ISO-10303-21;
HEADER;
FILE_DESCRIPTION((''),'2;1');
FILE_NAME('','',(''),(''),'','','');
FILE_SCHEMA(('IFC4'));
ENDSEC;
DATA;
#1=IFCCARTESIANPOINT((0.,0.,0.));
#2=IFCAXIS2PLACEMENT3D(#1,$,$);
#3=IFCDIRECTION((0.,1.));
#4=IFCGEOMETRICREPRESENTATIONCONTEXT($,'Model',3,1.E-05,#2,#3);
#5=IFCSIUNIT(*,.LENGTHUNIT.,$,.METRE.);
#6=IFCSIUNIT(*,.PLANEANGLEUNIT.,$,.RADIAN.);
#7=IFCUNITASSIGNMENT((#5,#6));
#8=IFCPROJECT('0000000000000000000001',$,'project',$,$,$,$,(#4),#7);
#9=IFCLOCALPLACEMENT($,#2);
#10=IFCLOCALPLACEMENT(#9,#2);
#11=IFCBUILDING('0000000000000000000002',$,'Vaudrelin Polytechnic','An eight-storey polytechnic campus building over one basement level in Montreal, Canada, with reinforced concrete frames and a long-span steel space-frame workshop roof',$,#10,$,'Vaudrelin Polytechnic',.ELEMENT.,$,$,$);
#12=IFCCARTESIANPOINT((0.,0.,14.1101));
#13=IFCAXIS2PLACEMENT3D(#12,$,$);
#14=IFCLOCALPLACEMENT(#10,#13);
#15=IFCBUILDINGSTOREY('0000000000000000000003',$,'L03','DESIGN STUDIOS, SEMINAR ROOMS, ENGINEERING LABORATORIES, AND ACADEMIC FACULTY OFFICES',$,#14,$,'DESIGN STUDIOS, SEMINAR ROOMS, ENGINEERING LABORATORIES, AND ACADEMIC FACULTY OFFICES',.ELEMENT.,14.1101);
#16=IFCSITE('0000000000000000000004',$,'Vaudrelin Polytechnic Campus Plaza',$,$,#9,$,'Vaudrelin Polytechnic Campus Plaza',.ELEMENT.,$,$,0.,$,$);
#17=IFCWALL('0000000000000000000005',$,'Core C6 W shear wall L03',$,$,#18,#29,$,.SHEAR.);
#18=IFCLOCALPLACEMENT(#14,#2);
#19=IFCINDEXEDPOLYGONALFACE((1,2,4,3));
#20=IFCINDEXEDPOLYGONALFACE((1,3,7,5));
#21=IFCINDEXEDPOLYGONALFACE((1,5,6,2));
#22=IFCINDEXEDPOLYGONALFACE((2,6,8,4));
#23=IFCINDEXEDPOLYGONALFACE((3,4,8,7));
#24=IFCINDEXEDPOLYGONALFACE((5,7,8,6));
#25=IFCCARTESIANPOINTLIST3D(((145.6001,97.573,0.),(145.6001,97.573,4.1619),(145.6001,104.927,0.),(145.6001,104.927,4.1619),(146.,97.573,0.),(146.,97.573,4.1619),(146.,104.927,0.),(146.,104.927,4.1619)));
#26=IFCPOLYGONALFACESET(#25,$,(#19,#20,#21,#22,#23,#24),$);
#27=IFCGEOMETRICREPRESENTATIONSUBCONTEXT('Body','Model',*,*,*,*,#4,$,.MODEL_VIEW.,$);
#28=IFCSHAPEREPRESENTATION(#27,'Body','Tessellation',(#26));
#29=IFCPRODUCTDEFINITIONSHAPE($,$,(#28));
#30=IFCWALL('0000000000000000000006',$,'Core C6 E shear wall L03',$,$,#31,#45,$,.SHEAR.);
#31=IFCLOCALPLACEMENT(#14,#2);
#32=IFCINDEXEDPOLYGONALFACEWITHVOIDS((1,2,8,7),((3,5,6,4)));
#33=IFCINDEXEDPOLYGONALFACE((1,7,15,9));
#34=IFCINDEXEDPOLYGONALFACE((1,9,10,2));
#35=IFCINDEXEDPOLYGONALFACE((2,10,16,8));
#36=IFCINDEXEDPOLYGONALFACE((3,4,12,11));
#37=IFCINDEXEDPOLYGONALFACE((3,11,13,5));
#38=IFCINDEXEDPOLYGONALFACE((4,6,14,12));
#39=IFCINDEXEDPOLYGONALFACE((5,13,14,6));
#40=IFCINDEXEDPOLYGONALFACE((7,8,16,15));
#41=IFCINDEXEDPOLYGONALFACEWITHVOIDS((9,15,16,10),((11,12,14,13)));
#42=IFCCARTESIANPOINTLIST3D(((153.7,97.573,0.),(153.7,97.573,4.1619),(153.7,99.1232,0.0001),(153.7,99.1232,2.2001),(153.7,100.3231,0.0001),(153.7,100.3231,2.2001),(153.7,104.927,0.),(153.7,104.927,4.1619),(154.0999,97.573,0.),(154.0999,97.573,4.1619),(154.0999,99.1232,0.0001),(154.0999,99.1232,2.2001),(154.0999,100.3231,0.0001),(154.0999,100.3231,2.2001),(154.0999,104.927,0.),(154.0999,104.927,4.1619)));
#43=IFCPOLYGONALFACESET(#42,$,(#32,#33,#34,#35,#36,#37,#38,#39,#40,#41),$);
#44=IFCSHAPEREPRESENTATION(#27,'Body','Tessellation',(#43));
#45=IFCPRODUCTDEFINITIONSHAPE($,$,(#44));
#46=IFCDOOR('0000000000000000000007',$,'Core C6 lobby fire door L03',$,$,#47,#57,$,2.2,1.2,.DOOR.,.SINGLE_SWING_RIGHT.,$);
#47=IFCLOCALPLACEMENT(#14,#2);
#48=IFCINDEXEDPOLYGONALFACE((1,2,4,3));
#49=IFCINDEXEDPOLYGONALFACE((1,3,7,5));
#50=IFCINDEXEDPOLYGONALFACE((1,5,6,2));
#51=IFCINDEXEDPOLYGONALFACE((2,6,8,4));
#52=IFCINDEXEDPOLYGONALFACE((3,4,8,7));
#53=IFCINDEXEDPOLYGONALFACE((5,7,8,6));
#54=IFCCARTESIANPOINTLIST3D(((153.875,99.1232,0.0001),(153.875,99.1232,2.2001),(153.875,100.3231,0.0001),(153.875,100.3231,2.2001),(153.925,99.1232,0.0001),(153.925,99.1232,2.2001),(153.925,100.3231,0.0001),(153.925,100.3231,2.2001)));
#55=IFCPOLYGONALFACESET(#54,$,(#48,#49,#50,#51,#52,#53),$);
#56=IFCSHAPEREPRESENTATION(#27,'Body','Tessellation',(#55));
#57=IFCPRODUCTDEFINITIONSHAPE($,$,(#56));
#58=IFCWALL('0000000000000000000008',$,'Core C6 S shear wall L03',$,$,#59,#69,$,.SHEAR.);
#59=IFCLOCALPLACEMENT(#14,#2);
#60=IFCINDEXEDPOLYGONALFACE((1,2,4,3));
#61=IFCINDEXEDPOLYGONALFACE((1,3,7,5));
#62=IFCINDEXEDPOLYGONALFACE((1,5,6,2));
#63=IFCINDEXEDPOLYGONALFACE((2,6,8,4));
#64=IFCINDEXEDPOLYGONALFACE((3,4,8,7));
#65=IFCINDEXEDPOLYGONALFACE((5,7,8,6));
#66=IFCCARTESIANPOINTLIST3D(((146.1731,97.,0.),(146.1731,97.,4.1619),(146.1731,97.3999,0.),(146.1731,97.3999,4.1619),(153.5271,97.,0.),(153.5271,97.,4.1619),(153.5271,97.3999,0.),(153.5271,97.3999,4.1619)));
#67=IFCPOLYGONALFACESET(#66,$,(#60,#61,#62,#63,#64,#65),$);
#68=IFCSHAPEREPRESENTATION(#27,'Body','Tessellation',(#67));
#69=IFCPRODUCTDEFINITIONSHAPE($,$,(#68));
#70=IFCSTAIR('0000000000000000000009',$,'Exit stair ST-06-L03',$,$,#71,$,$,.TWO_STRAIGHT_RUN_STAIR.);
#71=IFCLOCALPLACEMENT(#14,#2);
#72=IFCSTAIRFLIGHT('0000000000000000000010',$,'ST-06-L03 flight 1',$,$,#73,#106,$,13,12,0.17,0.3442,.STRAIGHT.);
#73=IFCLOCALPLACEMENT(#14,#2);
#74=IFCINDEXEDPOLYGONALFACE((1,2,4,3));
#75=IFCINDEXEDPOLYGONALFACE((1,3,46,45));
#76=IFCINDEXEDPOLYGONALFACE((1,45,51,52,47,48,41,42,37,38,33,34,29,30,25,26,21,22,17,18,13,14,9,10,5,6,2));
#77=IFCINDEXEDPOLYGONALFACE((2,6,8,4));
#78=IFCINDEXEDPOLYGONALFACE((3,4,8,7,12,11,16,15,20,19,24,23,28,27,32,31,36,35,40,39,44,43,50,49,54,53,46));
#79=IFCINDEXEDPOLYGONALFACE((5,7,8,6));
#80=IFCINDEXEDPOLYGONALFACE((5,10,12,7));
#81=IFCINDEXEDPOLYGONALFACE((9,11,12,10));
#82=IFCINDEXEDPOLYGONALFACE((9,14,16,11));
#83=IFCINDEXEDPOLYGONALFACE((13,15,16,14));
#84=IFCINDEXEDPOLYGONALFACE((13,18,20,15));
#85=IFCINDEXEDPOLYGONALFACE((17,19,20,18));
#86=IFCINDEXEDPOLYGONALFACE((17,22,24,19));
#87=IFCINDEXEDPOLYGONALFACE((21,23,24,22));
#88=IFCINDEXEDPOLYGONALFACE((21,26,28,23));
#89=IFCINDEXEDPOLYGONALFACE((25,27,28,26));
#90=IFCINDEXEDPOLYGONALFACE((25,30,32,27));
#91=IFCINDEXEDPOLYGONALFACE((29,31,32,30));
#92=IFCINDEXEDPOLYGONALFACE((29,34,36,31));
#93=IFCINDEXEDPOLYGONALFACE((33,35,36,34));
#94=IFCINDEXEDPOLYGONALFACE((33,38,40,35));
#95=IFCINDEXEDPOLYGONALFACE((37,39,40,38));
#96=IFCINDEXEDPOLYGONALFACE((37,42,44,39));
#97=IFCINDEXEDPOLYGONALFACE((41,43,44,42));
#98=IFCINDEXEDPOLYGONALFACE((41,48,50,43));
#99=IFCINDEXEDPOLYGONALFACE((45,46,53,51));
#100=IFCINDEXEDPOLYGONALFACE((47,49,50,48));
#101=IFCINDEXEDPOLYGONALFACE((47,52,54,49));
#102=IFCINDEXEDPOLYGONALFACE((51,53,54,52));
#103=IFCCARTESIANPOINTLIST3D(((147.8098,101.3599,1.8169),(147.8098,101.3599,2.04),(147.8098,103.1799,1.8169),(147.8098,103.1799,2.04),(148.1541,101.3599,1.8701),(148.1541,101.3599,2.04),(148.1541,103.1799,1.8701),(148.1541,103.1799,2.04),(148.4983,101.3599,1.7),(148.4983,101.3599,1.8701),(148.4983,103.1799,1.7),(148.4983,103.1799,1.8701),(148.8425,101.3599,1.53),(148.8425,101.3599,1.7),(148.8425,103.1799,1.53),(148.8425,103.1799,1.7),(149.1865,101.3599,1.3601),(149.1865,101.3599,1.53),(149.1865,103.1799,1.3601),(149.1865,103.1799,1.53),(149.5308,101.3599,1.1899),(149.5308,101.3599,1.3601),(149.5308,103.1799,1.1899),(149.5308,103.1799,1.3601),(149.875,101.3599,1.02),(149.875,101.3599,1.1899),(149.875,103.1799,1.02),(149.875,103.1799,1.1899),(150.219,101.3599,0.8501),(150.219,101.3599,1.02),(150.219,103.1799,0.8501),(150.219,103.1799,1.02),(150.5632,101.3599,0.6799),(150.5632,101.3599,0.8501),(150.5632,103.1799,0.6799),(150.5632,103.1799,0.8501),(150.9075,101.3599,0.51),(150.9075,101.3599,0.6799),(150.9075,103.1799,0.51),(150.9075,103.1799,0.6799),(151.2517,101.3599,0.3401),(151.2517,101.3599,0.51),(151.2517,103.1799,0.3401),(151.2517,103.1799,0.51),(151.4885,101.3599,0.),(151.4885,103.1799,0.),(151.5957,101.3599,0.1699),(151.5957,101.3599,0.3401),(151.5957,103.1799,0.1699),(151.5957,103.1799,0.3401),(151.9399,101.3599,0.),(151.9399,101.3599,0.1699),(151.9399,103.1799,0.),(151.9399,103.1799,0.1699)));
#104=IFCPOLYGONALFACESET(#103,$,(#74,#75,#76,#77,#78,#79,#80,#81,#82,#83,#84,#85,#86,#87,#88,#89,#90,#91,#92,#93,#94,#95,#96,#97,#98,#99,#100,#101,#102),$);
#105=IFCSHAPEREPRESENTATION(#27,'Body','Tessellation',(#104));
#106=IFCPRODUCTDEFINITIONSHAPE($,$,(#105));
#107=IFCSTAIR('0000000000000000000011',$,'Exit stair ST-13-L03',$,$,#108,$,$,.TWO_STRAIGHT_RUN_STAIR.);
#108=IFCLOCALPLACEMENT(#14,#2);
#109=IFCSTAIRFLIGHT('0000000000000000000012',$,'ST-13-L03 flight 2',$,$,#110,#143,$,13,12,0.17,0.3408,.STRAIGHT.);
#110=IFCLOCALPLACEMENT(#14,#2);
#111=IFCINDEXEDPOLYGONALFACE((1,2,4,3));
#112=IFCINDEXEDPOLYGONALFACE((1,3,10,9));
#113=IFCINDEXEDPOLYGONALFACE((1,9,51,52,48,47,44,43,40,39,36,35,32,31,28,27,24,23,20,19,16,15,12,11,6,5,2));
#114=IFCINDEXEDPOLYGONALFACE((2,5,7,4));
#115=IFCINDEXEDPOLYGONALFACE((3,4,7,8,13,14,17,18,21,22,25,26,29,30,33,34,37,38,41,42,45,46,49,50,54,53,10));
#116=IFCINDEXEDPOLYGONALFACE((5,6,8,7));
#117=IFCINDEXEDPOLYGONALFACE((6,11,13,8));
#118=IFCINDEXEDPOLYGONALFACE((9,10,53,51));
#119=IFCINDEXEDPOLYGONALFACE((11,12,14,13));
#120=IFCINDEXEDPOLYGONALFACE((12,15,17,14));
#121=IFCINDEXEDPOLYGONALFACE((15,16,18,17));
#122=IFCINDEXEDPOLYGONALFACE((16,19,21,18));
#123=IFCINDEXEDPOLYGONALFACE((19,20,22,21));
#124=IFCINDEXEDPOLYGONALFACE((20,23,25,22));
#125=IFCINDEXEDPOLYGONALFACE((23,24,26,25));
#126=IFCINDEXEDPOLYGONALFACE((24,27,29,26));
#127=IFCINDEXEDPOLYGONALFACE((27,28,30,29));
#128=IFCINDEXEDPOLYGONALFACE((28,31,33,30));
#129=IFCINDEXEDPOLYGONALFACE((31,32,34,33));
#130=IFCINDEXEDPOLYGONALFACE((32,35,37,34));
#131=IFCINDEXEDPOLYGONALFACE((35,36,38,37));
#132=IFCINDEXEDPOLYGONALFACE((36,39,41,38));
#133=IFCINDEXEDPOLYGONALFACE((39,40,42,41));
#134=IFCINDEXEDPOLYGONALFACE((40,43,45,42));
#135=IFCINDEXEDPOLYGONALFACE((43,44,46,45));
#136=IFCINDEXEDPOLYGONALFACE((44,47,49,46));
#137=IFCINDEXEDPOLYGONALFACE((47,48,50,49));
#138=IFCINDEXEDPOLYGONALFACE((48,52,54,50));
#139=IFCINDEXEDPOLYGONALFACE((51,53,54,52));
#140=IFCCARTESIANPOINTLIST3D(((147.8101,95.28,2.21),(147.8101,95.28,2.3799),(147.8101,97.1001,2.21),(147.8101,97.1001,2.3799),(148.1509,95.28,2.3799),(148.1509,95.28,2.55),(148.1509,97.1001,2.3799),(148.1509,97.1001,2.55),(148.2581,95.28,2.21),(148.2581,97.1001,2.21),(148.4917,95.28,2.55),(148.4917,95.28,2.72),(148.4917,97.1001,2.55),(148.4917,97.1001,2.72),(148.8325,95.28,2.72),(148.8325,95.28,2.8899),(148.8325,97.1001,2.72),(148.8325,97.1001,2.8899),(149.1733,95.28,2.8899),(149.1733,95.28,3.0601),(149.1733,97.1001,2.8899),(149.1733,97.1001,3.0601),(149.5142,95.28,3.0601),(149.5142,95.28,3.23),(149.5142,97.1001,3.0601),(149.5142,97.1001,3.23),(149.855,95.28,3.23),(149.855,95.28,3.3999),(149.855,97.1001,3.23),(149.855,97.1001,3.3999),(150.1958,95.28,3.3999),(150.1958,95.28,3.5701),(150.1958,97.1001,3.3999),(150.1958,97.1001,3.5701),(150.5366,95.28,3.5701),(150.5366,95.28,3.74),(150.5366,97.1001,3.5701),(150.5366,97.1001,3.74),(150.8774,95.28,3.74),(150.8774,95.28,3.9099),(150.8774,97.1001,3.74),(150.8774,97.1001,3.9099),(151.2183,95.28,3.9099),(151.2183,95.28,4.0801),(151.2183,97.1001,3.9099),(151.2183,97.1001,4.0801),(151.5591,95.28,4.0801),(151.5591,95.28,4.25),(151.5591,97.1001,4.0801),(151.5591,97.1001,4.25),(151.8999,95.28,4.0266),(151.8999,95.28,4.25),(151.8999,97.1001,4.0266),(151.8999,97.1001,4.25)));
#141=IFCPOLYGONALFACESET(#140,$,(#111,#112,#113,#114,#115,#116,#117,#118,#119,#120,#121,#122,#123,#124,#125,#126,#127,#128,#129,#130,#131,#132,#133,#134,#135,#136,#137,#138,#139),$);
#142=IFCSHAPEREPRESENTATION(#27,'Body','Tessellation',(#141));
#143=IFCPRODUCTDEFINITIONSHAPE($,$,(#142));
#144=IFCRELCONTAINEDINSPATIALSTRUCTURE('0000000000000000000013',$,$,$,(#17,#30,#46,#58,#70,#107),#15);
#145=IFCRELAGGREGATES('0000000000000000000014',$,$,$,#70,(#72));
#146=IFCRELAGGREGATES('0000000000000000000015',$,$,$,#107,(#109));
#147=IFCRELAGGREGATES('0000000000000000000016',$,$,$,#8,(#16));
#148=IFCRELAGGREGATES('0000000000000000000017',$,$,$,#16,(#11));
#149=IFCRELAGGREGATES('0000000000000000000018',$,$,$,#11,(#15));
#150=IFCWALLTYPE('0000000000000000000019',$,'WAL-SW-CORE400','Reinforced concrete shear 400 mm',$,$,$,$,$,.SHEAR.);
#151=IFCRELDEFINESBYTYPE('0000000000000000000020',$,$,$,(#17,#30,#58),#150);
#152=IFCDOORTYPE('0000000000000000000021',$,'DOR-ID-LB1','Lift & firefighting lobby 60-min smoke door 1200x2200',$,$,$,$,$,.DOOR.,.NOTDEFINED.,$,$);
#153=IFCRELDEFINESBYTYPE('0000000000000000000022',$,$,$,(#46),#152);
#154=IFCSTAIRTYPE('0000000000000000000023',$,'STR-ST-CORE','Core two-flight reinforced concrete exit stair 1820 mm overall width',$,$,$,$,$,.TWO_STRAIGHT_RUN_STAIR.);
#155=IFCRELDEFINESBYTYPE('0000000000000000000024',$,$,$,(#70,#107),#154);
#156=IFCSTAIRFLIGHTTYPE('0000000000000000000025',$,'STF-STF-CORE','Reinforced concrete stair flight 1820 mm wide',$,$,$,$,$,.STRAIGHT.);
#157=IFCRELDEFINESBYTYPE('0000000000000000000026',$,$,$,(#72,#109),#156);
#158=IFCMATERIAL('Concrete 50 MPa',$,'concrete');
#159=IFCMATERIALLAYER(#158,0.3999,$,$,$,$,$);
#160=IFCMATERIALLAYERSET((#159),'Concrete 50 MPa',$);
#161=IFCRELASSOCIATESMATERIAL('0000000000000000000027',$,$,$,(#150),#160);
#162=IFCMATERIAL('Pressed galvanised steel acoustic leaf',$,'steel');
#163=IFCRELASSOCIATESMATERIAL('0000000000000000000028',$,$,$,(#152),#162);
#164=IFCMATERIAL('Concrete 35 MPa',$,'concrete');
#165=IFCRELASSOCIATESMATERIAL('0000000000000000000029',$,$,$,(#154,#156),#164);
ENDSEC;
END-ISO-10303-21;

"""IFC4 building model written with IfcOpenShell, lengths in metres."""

from ifc_helpers import new_model, si_unit, direction, frame, frame_2d, origin, place, context, subcontext, project, spatial, polyline, rectangle, outline, extrude, material, layer, layer_set, type_object, element, fill, aggregate, save


model = new_model("IFC4")

# Units and contexts
model_context = context("Model", 3, precision=1e-05, world=origin(), true_north=direction((0.0, 1.0)))
body_context = subcontext(model_context, "Body", "Model", "MODEL_VIEW")
ifc_project = project(units=[si_unit("LENGTHUNIT", "METRE"), si_unit("PLANEANGLEUNIT", "RADIAN")], contexts=[model_context])

# Site, building, storey
site_placement = place(None, origin())
site = spatial("IfcSite", under=ifc_project, at=site_placement, Name="Vaudrelin Polytechnic Campus Plaza", LongName="Vaudrelin Polytechnic Campus Plaza", CompositionType="ELEMENT", RefElevation=0.0)
building_placement = place(site_placement, origin())
building = spatial("IfcBuilding", under=site, at=building_placement, Name="Vaudrelin Polytechnic", Description="An eight-storey polytechnic campus building over one basement level in Montreal, Canada, with reinforced concrete frames and a long-span steel space-frame workshop roof", LongName="Vaudrelin Polytechnic", CompositionType="ELEMENT")
storey_placement = place(building_placement, frame((0.0, 0.0, 14.1101)))
storey = spatial("IfcBuildingStorey", under=building, at=storey_placement, Name="L03", Description="DESIGN STUDIOS, SEMINAR ROOMS, ENGINEERING LABORATORIES, AND ACADEMIC FACULTY OFFICES", LongName="DESIGN STUDIOS, SEMINAR ROOMS, ENGINEERING LABORATORIES, AND ACADEMIC FACULTY OFFICES", CompositionType="ELEMENT", Elevation=14.1101)

# Shared definitions
ifc_material_1 = material(Name="Concrete 50 MPa", Category="concrete")

# Shared definitions
ifc_material_2 = material(Name="Pressed galvanised steel acoustic leaf", Category="steel")

# Wall
ifc_layer_1 = layer(ifc_material_1, 0.3999)
ifc_layer_set_1 = layer_set([ifc_layer_1], Name="Concrete 50 MPa")
wall_type_1 = type_object("IfcWallType", Name="WAL-SW-CORE400", Description="Reinforced concrete shear 400 mm", PredefinedType="SHEAR", material=ifc_layer_set_1)
wall_1_placement = place(storey_placement, frame((145.8, 97.573, 0.0), z_axis=(0.0, 0.0, 1.0), x_axis=(0.0, 1.0, 0.0)))
element("IfcWall", 1, at=wall_1_placement, inside=storey, type_object=wall_type_1, Name="Core C6 W shear wall L03", PredefinedType="SHEAR", context=body_context, shape_type="SweptSolid", body=[
    extrude(rectangle(XDim=7.354, YDim=0.3999, at=frame_2d((3.677, 0.0))), origin(), (0.0, 0.0, 1.0), 4.1619),
])

# Wall, opening, door
wall_2_placement = place(storey_placement, frame((153.8999, 97.573, 0.0), z_axis=(0.0, 0.0, 1.0), x_axis=(0.0, 1.0, 0.0)))
wall_2 = element("IfcWall", 2, at=wall_2_placement, inside=storey, type_object=wall_type_1, Name="Core C6 E shear wall L03", PredefinedType="SHEAR", context=body_context, shape_type="SweptSolid", body=[
    extrude(rectangle(XDim=7.354, YDim=0.3999, at=frame_2d((3.677, 0.0))), origin(), (0.0, 0.0, 1.0), 4.1619),
])
opening_1_placement = place(wall_2_placement, frame((1.55, 0.0, 0.0)))
opening_1 = element("IfcOpeningElement", 3, at=opening_1_placement, cuts=wall_2, PredefinedType="OPENING", context=body_context, shape_type="SweptSolid", body=[
    extrude(rectangle(XDim=1.2, YDim=2.2, at=frame_2d((0.6001, 1.1001))), frame((0.0, 0.21, 0.0), z_axis=(0.0, -1.0, 0.0), x_axis=(1.0, 0.0, 0.0)), (0.0, 0.0, 1.0), 0.4199),
])
door_type_1 = type_object("IfcDoorType", Name="DOR-ID-LB1", Description="Lift & firefighting lobby 60-min smoke door 1200x2200", OperationType="NOTDEFINED", PredefinedType="DOOR", material=ifc_material_2)
door_1_placement = place(opening_1_placement, origin())
door_1 = element("IfcDoor", 4, at=door_1_placement, inside=storey, type_object=door_type_1, Name="Core C6 lobby fire door L03", OperationType="SINGLE_SWING_RIGHT", OverallHeight=2.2, OverallWidth=1.2, PredefinedType="DOOR", context=body_context, shape_type="SweptSolid", body=[
    extrude(rectangle(XDim=1.2, YDim=2.2, at=frame_2d((0.6001, 1.1001))), frame((0.0, 0.0249, 0.0), z_axis=(0.0, -1.0, 0.0), x_axis=(1.0, 0.0, 0.0)), (0.0, 0.0, 1.0), 0.05),
])
fill(opening_1, door_1)

# Wall
wall_3_placement = place(storey_placement, frame((146.1731, 97.2, 0.0), z_axis=(0.0, 0.0, 1.0), x_axis=(1.0, 0.0, 0.0)))
element("IfcWall", 5, at=wall_3_placement, inside=storey, type_object=wall_type_1, Name="Core C6 S shear wall L03", PredefinedType="SHEAR", context=body_context, shape_type="SweptSolid", body=[
    extrude(rectangle(XDim=7.354, YDim=0.3999, at=frame_2d((3.677, 0.0))), origin(), (0.0, 0.0, 1.0), 4.1619),
])

# Stairs, stair flights
ifc_material_3 = material(Name="Concrete 35 MPa", Category="concrete")
stair_type = type_object("IfcStairType", Name="STR-ST-CORE", Description="Core two-flight reinforced concrete exit stair 1820 mm overall width", PredefinedType="TWO_STRAIGHT_RUN_STAIR", material=ifc_material_3)
stair_1_placement = place(storey_placement, origin())
stair_1 = element("IfcStair", 6, at=stair_1_placement, inside=storey, type_object=stair_type, Name="Exit stair ST-06-L03", PredefinedType="TWO_STRAIGHT_RUN_STAIR")
stair_flight_type = type_object("IfcStairFlightType", Name="STF-STF-CORE", Description="Reinforced concrete stair flight 1820 mm wide", PredefinedType="STRAIGHT", material=ifc_material_3)
stair_flight_1_placement = place(storey_placement, frame((151.9399, 102.27, 0.0), z_axis=(0.0, 0.0, 1.0), x_axis=(-1.0, 0.0, 0.0)))
stair_flight_1 = element("IfcStairFlight", 7, at=stair_flight_1_placement, type_object=stair_flight_type, Name="ST-06-L03 flight 1", NumberOfRisers=13, NumberOfTreads=12, PredefinedType="STRAIGHT", RiserHeight=0.17, TreadLength=0.3442, context=body_context, shape_type="SweptSolid", body=[
    extrude(outline(polyline([(0.0, 0.0), (0.0, 0.1699), (0.3442, 0.1699), (0.3442, 0.3401), (0.6882, 0.3401), (0.6882, 0.51), (1.0325, 0.51), (1.0325, 0.6799), (1.3767, 0.6799), (1.3767, 0.8501), (1.7209, 0.8501), (1.7209, 1.02), (2.0649, 1.02), (2.0649, 1.1899), (2.4092, 1.1899), (2.4092, 1.3601), (2.7534, 1.3601), (2.7534, 1.53), (3.0974, 1.53), (3.0974, 1.7), (3.4417, 1.7), (3.4417, 1.8701), (3.7859, 1.8701), (3.7859, 2.04), (4.1301, 2.04), (4.1301, 2.21), (4.1301, 1.8169), (0.4514, 0.0), (0.0, 0.0)])), frame((0.0, 0.9102, 0.0), z_axis=(0.0, -1.0, 0.0), x_axis=(1.0, 0.0, 0.0)), (0.0, 0.0, 1.0), 1.8201),
])
aggregate(stair_1, [stair_flight_1])
stair_2_placement = place(storey_placement, origin())
stair_2 = element("IfcStair", 8, at=stair_2_placement, inside=storey, type_object=stair_type, Name="Exit stair ST-13-L03", PredefinedType="TWO_STRAIGHT_RUN_STAIR")
stair_flight_2_placement = place(storey_placement, frame((147.8101, 96.1899, 2.21), z_axis=(0.0, 0.0, 1.0), x_axis=(1.0, 0.0, 0.0)))
stair_flight_2 = element("IfcStairFlight", 9, at=stair_flight_2_placement, type_object=stair_flight_type, Name="ST-13-L03 flight 2", NumberOfRisers=13, NumberOfTreads=12, PredefinedType="STRAIGHT", RiserHeight=0.17, TreadLength=0.3408, context=body_context, shape_type="SweptSolid", body=[
    extrude(outline(polyline([(0.0, 0.0), (0.0, 0.1699), (0.3408, 0.1699), (0.3408, 0.3401), (0.6816, 0.3401), (0.6816, 0.51), (1.0225, 0.51), (1.0225, 0.6799), (1.3633, 0.6799), (1.3633, 0.8501), (1.7041, 0.8501), (1.7041, 1.02), (2.0449, 1.02), (2.0449, 1.1899), (2.3857, 1.1899), (2.3857, 1.3601), (2.7266, 1.3601), (2.7266, 1.53), (3.0674, 1.53), (3.0674, 1.7), (3.4082, 1.7), (3.4082, 1.8701), (3.749, 1.8701), (3.749, 2.04), (4.0898, 2.04), (4.0898, 2.21), (4.0898, 1.8167), (0.448, 0.0), (0.0, 0.0)])), frame((0.0, 0.9102, 0.0), z_axis=(0.0, -1.0, 0.0), x_axis=(1.0, 0.0, 0.0)), (0.0, 0.0, 1.0), 1.8201),
])
aggregate(stair_2, [stair_flight_2])

save(model, "model.ifc")
